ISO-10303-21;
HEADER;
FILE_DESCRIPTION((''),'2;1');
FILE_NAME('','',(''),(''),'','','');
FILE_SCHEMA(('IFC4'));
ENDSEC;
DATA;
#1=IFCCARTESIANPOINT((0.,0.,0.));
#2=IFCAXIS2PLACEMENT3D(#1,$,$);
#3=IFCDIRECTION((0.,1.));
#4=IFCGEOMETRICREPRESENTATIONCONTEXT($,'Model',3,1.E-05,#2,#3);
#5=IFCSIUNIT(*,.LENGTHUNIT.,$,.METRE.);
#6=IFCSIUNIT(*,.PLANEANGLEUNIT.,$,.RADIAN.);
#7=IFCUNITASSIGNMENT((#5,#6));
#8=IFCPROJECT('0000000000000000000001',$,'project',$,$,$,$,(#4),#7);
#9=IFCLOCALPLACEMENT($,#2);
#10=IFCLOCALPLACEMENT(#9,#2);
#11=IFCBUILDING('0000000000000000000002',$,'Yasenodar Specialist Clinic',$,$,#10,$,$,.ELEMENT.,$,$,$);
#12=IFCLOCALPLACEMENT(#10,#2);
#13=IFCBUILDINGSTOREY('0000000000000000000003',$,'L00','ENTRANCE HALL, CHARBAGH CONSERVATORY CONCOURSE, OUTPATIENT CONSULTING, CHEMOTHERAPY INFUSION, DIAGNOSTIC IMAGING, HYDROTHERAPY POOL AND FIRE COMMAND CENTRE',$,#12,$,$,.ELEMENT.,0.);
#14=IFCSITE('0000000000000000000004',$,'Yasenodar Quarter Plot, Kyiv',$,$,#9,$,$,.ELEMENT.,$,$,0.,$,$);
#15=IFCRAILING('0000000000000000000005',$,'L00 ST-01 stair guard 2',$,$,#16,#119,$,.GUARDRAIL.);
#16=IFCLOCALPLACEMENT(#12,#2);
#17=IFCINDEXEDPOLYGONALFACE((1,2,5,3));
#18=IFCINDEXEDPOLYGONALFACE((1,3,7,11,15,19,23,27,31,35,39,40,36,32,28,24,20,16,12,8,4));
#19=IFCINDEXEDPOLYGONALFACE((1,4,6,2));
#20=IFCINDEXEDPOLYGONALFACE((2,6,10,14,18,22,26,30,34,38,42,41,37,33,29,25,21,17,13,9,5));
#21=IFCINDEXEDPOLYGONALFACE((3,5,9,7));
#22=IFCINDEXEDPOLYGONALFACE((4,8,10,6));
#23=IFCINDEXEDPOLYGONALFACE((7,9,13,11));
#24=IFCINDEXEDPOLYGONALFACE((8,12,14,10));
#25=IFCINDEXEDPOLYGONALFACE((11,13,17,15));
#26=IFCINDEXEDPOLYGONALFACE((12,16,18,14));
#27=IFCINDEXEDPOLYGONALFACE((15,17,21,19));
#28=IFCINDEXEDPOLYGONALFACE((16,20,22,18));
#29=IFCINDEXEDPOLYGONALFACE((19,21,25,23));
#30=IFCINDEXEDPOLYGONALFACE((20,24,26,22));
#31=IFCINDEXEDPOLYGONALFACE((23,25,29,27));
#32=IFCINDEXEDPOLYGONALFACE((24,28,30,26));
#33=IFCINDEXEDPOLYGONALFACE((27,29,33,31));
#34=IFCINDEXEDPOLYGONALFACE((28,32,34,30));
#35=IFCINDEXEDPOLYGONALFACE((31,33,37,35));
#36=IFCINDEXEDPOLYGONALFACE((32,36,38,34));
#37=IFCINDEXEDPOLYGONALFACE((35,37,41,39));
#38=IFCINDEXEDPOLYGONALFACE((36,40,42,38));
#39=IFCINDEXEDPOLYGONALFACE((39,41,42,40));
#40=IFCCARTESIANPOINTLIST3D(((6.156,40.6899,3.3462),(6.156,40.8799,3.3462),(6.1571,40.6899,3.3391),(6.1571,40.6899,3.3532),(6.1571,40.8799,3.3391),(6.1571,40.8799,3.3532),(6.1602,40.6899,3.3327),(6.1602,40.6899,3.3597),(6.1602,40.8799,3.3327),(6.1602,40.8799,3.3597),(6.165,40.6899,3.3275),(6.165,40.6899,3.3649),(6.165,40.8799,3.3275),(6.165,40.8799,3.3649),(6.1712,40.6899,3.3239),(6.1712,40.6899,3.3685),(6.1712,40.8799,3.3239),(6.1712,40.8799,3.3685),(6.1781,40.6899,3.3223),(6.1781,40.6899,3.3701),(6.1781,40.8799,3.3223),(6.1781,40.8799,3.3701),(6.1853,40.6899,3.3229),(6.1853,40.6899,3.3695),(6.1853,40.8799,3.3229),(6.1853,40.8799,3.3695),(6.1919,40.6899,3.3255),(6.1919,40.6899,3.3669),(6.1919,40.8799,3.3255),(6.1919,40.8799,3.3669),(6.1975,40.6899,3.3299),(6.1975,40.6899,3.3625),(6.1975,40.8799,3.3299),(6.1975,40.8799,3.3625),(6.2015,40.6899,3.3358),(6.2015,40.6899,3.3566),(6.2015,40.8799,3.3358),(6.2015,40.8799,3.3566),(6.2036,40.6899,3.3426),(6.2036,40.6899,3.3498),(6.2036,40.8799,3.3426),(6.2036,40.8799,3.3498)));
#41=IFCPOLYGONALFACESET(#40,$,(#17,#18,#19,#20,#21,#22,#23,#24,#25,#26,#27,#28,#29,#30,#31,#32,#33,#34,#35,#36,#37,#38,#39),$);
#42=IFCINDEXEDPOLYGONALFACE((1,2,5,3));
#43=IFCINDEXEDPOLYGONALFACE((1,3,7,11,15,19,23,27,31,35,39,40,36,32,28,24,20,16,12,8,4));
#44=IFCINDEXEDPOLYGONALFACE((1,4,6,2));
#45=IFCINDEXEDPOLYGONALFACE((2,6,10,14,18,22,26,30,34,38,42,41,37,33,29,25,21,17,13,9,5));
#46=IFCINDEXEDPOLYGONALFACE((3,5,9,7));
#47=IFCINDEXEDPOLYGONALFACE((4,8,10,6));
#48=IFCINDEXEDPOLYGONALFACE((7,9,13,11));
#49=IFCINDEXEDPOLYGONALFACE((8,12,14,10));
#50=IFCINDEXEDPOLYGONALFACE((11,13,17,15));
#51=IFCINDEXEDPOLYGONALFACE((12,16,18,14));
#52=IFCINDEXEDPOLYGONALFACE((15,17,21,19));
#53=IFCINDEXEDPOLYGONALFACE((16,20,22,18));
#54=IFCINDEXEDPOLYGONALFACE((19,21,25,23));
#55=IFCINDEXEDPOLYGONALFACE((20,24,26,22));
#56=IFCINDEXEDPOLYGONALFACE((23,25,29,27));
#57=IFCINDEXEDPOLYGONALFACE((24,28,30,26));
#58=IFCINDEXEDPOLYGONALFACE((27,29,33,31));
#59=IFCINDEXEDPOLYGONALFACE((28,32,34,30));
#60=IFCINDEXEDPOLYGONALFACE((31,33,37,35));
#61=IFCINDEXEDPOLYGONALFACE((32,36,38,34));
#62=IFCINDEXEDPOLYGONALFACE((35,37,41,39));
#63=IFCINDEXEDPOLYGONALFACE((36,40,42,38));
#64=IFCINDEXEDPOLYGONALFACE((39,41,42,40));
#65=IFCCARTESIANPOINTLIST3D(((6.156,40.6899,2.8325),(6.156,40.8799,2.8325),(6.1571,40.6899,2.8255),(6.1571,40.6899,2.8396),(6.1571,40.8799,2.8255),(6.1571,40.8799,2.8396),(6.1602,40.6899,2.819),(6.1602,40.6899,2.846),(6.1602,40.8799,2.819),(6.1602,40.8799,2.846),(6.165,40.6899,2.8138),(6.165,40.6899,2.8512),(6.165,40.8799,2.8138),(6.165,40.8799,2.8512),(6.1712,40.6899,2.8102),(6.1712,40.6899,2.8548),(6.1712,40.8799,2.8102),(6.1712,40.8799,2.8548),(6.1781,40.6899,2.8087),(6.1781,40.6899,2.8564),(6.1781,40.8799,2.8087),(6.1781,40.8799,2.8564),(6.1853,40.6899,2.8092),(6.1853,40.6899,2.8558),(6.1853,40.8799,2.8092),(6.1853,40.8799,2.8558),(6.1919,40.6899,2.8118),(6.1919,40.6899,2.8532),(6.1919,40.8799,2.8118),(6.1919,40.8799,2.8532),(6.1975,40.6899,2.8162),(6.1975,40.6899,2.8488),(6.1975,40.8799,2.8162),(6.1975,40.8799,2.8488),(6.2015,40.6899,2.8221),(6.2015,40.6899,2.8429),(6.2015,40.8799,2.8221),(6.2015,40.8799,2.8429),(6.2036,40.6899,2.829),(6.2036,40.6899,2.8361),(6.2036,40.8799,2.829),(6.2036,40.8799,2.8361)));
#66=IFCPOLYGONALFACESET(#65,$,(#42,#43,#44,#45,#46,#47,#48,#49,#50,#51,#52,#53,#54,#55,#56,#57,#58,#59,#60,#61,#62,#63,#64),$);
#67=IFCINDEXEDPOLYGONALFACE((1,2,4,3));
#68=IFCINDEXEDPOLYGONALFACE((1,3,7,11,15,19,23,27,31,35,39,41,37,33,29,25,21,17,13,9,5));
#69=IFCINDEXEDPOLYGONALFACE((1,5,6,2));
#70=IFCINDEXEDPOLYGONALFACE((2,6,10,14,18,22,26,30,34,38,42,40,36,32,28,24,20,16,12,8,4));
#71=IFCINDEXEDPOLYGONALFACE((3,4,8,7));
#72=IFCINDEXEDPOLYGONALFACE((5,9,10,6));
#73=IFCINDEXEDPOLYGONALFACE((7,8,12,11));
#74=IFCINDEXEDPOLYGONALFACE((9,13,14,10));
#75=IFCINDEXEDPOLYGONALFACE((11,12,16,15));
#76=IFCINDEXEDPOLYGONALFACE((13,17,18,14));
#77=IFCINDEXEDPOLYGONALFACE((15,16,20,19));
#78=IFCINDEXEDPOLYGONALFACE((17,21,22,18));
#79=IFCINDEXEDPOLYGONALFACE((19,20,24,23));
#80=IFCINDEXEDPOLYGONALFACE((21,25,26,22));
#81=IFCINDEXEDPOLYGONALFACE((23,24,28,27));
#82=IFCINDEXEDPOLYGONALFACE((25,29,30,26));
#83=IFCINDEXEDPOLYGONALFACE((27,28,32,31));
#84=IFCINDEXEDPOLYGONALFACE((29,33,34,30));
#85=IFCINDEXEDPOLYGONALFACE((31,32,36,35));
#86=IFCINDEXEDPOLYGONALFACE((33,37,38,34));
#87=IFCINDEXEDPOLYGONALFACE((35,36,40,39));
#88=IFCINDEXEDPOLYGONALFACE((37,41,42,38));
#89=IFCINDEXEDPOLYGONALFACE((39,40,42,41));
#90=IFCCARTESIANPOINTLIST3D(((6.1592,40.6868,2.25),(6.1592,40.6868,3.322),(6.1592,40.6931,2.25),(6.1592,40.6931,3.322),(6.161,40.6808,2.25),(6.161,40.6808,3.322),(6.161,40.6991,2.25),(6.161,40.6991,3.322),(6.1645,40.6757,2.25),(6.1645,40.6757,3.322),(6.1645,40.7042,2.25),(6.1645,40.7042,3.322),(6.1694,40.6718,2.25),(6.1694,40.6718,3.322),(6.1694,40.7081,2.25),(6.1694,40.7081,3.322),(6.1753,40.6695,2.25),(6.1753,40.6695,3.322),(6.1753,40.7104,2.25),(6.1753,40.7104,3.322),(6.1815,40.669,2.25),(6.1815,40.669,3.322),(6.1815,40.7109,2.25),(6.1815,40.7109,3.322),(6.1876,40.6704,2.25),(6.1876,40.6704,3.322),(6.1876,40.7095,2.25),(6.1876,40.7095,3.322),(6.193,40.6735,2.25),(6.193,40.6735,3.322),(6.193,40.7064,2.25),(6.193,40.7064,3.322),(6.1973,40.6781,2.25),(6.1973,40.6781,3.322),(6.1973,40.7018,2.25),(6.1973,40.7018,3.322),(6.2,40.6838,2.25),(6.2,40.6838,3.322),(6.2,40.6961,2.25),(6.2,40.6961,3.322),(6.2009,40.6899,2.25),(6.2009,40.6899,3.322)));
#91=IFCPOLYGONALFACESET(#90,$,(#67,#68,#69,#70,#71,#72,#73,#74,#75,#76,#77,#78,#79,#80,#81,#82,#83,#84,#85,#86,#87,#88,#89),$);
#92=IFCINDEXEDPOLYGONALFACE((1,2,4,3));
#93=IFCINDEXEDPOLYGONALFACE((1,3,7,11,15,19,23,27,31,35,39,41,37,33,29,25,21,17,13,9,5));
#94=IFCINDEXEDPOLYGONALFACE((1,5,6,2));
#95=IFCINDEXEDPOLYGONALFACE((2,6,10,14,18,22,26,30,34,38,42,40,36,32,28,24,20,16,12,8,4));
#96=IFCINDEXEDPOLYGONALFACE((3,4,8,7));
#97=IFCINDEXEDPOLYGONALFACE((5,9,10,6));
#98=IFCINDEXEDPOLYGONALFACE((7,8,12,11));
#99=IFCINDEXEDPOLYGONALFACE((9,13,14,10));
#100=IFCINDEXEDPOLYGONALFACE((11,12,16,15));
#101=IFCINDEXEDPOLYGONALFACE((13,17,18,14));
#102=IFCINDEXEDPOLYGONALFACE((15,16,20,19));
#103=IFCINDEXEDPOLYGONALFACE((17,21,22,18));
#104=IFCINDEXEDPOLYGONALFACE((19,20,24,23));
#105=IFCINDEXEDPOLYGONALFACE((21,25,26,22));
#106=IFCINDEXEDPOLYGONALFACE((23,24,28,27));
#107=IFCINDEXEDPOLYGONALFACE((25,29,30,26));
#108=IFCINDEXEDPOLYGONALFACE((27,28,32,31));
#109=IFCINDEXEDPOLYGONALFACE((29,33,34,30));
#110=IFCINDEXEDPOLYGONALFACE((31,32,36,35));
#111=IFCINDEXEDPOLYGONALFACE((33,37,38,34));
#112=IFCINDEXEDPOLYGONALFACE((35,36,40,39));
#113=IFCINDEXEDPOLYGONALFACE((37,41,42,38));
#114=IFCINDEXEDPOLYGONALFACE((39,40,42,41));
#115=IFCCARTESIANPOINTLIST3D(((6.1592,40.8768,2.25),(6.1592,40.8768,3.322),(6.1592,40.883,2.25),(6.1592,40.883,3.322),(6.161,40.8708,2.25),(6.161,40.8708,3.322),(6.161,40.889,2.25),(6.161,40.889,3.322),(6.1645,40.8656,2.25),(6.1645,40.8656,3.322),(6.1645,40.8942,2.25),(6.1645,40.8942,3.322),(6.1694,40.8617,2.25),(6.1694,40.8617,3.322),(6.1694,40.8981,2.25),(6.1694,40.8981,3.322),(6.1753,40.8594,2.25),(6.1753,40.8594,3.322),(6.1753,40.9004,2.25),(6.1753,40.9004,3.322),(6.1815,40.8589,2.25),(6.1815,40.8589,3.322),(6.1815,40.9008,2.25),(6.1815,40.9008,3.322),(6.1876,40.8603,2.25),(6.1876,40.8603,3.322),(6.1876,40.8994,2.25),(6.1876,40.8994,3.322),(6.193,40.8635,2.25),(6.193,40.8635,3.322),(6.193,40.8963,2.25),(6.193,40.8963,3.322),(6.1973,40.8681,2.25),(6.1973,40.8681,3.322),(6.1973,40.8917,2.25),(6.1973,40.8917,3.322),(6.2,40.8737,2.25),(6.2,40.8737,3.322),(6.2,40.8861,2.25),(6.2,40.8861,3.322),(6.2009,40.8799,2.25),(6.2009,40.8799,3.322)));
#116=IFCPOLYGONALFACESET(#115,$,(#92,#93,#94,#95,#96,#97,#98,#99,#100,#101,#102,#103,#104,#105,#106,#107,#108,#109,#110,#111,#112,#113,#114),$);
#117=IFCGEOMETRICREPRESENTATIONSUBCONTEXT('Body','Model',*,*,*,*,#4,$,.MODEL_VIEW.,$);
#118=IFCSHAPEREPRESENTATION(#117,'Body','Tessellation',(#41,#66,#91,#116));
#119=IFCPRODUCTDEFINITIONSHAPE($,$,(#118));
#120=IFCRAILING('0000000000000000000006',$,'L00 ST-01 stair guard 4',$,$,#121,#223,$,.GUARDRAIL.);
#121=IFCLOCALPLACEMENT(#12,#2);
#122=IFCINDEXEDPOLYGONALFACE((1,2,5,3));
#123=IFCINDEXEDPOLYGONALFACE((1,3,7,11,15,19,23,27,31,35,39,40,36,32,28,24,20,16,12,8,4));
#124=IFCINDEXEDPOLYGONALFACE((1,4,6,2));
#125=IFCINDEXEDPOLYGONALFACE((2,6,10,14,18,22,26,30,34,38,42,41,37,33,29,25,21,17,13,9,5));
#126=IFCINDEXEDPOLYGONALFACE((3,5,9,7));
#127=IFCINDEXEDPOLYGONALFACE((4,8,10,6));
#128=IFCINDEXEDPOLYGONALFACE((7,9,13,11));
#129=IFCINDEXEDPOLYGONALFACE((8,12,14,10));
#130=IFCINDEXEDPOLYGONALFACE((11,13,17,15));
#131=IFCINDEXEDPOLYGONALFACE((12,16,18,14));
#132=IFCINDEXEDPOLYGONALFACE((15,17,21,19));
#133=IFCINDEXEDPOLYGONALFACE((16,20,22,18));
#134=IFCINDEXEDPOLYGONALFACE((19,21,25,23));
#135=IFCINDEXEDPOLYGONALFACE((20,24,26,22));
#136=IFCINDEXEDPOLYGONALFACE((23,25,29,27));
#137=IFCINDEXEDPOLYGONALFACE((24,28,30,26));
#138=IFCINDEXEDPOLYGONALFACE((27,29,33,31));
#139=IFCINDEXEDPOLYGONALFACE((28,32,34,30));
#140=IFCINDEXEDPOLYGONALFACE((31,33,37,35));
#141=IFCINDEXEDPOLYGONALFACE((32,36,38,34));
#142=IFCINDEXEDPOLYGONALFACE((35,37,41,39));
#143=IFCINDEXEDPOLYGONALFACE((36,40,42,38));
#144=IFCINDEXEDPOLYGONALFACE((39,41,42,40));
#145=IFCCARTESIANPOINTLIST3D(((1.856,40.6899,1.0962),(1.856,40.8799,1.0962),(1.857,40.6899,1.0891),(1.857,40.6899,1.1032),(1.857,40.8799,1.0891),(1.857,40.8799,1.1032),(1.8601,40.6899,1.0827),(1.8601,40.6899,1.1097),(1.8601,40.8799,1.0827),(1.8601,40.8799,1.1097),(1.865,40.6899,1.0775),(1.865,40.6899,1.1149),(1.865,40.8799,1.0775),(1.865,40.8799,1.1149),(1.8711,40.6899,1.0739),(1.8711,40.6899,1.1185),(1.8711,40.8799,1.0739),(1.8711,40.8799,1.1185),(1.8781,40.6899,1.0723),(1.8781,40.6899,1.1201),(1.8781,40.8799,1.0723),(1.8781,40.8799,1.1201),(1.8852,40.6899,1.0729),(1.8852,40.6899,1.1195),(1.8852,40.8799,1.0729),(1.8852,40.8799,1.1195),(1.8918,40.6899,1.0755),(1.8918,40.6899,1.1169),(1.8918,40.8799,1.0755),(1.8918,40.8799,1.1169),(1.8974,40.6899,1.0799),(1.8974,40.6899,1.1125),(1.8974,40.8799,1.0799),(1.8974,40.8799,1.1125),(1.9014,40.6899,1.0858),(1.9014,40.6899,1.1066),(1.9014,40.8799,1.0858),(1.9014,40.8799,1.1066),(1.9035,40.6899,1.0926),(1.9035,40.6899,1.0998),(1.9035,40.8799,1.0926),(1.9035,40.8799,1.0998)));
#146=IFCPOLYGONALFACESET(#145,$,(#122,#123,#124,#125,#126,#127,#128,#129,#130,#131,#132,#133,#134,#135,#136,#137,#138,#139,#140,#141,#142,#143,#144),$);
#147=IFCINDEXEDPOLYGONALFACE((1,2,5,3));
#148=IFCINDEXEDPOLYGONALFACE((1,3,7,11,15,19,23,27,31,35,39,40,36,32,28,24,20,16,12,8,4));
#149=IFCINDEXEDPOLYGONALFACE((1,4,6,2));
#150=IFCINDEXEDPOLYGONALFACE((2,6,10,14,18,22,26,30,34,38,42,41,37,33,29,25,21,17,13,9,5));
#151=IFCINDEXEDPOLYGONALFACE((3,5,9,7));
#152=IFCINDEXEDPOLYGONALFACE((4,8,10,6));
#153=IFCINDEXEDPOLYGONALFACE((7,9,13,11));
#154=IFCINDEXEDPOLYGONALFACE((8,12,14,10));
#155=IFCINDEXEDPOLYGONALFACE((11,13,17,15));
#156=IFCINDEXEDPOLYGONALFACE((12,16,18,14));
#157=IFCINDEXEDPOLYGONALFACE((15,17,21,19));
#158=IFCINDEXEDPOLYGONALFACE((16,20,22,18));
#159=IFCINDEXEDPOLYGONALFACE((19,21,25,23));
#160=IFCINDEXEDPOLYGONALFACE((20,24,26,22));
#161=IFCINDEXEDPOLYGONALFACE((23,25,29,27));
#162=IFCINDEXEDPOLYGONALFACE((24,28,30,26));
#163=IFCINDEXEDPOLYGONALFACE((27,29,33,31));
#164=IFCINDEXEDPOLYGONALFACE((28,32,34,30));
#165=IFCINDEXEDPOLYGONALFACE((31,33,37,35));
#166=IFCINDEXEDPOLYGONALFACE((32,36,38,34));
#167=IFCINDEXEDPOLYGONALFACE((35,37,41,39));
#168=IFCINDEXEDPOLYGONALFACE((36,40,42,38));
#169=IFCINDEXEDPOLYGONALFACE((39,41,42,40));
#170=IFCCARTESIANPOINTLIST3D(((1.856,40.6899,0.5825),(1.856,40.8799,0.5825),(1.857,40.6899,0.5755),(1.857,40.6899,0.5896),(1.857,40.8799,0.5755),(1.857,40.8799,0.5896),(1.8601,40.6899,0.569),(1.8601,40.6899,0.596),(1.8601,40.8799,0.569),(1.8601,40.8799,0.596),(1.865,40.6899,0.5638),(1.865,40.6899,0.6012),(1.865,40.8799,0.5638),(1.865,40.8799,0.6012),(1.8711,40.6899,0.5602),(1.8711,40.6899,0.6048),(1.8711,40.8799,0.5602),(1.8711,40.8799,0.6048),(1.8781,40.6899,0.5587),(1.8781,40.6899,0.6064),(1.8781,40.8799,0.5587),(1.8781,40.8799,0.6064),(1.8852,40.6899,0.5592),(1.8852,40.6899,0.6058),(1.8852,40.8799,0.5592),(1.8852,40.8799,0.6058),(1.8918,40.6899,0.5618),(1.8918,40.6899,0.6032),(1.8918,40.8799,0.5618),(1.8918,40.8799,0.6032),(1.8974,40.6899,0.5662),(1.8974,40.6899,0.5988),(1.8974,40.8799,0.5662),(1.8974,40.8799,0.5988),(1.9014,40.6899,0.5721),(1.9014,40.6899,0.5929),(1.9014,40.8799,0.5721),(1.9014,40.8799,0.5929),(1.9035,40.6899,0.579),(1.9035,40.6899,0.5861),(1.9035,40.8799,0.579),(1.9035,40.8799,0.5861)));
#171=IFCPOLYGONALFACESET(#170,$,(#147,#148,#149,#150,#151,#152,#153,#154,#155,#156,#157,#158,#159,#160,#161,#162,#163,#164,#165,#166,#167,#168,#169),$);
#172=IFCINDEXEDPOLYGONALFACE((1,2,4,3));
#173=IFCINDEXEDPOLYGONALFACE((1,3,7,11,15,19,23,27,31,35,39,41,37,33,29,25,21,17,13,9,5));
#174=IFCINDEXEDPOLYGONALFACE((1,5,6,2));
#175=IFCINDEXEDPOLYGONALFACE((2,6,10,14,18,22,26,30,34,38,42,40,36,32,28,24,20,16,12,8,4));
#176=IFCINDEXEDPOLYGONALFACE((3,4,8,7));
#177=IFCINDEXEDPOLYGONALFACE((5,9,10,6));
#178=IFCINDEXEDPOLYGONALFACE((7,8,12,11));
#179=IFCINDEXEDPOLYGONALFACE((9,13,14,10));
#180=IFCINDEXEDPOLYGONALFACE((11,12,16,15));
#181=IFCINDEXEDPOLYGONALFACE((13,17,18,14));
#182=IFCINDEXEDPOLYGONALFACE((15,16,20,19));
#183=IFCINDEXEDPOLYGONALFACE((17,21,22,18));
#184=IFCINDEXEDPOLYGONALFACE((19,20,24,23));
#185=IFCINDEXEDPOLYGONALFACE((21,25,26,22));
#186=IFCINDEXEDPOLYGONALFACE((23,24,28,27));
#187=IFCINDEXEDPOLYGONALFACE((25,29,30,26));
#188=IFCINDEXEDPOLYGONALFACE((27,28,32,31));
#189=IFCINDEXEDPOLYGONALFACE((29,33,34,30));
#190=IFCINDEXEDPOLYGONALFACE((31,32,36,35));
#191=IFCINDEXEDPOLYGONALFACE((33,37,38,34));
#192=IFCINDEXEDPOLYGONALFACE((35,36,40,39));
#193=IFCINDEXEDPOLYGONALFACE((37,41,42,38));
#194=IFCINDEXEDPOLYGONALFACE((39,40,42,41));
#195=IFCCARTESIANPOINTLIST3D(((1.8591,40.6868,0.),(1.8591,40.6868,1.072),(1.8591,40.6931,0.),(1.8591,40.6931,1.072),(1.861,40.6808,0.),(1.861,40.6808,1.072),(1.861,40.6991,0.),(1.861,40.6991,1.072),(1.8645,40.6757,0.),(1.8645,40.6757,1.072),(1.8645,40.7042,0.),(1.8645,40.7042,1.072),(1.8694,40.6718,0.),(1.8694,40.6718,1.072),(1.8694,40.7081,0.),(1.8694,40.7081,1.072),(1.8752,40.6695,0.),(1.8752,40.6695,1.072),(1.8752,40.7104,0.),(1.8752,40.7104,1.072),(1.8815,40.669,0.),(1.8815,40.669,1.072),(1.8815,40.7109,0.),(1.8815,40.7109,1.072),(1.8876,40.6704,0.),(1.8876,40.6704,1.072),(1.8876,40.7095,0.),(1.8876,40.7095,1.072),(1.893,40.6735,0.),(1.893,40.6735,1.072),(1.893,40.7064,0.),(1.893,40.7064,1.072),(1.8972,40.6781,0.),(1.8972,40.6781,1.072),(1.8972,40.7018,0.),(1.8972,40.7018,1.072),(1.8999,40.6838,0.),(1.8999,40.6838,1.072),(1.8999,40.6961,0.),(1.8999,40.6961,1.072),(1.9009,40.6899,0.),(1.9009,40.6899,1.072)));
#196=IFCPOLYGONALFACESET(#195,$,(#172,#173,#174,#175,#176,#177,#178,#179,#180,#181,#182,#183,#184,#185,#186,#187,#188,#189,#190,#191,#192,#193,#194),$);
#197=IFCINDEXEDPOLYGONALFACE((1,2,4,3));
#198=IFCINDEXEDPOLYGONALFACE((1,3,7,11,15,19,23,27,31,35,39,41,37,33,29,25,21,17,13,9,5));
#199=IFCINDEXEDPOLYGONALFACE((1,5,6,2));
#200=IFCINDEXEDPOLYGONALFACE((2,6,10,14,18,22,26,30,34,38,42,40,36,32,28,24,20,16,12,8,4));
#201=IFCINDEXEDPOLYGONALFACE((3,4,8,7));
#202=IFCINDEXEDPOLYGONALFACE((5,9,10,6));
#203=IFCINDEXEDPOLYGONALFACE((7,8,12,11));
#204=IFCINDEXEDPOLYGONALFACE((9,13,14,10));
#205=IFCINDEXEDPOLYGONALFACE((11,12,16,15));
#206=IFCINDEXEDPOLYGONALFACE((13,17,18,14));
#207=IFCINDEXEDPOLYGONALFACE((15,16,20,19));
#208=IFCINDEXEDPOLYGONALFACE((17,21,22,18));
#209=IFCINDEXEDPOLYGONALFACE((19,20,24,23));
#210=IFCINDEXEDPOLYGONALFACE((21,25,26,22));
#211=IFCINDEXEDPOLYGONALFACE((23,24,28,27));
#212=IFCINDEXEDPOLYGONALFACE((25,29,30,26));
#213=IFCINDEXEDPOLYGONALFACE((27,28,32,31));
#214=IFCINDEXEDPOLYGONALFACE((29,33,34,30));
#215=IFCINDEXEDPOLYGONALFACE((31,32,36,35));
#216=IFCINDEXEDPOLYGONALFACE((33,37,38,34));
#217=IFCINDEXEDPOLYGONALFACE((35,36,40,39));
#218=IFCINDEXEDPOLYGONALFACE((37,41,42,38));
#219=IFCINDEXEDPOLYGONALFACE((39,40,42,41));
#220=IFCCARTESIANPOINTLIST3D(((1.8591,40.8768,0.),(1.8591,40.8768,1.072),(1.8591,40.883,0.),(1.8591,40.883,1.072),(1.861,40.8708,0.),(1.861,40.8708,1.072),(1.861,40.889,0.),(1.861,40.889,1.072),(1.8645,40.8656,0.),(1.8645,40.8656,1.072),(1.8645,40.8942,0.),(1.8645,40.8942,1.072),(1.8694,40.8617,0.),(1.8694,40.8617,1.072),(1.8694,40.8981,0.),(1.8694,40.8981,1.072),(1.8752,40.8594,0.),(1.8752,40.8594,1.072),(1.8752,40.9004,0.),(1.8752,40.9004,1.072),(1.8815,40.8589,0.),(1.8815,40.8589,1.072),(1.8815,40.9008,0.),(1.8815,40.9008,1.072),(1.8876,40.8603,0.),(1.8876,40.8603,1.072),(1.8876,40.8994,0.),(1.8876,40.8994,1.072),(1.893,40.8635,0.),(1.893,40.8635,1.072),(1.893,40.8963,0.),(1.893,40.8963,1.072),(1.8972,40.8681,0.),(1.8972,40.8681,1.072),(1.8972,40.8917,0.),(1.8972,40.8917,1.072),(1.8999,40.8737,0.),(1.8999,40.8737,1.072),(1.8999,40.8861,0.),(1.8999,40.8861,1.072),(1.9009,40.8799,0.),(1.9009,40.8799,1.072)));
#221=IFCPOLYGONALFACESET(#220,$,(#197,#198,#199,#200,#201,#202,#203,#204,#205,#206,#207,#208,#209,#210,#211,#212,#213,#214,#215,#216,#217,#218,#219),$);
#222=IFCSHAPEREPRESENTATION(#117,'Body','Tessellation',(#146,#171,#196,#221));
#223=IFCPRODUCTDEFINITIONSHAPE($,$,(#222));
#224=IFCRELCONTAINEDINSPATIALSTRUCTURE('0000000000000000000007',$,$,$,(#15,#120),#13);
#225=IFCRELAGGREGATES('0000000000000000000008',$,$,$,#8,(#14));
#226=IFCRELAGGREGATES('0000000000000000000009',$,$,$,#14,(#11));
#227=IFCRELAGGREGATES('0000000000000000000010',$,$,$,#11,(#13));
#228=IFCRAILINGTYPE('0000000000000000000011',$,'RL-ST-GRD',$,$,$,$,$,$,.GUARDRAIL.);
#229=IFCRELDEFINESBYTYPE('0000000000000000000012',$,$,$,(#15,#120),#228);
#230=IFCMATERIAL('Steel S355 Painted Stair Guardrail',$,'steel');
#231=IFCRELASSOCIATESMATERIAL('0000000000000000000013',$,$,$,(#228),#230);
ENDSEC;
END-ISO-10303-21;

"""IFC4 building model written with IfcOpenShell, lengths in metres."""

from ifc_helpers import new_model, si_unit, direction, frame, origin, origin_2d, place, context, subcontext, project, spatial, circle, extrude, material, type_object, element, save


model = new_model("IFC4")

# Units and contexts
model_context = context("Model", 3, precision=1e-05, world=origin(), true_north=direction((0.0, 1.0)))
body_context = subcontext(model_context, "Body", "Model", "MODEL_VIEW")
ifc_project = project(units=[si_unit("LENGTHUNIT", "METRE"), si_unit("PLANEANGLEUNIT", "RADIAN")], contexts=[model_context])

# Site, building, storey
site_placement = place(None, origin())
site = spatial("IfcSite", under=ifc_project, at=site_placement, Name="Yasenodar Quarter Plot, Kyiv", CompositionType="ELEMENT", RefElevation=0.0)
building_placement = place(site_placement, origin())
building = spatial("IfcBuilding", under=site, at=building_placement, Name="Yasenodar Specialist Clinic", CompositionType="ELEMENT")
storey_placement = place(building_placement, origin())
storey = spatial("IfcBuildingStorey", under=building, at=storey_placement, Name="L00", Description="ENTRANCE HALL, CHARBAGH CONSERVATORY CONCOURSE, OUTPATIENT CONSULTING, CHEMOTHERAPY INFUSION, DIAGNOSTIC IMAGING, HYDROTHERAPY POOL AND FIRE COMMAND CENTRE", CompositionType="ELEMENT", Elevation=0.0)

# Railings
ifc_material_1 = material(Name="Steel S355 Painted Stair Guardrail", Category="steel")
railing_type_1 = type_object("IfcRailingType", Name="RL-ST-GRD", PredefinedType="GUARDRAIL", material=ifc_material_1)
for number, where, name in (
    (1, (6.1799, 40.6899, 2.25), "L00 ST-01 stair guard 2"),
    (2, (1.8799, 40.6899, 0.0), "L00 ST-01 stair guard 4"),
):
    element("IfcRailing", number, at=place(storey_placement, frame(where)), inside=storey, type_object=railing_type_1, Name=name, PredefinedType="GUARDRAIL", context=body_context, shape_type="SweptSolid", body=[
        extrude(circle(Radius=0.0239, at=origin_2d()), frame((0.0, 0.0, 1.0962), z_axis=(0.0, 1.0, 0.0), x_axis=(-1.0, 0.0, 0.0)), (0.0, 0.0, 1.0), 0.1899),
        extrude(circle(Radius=0.0239, at=origin_2d()), frame((0.0, 0.0, 0.5825), z_axis=(0.0, 1.0, 0.0), x_axis=(-1.0, 0.0, 0.0)), (0.0, 0.0, 1.0), 0.1899),
        extrude(circle(Radius=0.021, at=origin_2d()), origin(), (0.0, 0.0, 1.0), 1.072),
        extrude(circle(Radius=0.021, at=origin_2d()), frame((0.0, 0.1899, 0.0)), (0.0, 0.0, 1.0), 1.072),
    ])

save(model, "model.ifc")
